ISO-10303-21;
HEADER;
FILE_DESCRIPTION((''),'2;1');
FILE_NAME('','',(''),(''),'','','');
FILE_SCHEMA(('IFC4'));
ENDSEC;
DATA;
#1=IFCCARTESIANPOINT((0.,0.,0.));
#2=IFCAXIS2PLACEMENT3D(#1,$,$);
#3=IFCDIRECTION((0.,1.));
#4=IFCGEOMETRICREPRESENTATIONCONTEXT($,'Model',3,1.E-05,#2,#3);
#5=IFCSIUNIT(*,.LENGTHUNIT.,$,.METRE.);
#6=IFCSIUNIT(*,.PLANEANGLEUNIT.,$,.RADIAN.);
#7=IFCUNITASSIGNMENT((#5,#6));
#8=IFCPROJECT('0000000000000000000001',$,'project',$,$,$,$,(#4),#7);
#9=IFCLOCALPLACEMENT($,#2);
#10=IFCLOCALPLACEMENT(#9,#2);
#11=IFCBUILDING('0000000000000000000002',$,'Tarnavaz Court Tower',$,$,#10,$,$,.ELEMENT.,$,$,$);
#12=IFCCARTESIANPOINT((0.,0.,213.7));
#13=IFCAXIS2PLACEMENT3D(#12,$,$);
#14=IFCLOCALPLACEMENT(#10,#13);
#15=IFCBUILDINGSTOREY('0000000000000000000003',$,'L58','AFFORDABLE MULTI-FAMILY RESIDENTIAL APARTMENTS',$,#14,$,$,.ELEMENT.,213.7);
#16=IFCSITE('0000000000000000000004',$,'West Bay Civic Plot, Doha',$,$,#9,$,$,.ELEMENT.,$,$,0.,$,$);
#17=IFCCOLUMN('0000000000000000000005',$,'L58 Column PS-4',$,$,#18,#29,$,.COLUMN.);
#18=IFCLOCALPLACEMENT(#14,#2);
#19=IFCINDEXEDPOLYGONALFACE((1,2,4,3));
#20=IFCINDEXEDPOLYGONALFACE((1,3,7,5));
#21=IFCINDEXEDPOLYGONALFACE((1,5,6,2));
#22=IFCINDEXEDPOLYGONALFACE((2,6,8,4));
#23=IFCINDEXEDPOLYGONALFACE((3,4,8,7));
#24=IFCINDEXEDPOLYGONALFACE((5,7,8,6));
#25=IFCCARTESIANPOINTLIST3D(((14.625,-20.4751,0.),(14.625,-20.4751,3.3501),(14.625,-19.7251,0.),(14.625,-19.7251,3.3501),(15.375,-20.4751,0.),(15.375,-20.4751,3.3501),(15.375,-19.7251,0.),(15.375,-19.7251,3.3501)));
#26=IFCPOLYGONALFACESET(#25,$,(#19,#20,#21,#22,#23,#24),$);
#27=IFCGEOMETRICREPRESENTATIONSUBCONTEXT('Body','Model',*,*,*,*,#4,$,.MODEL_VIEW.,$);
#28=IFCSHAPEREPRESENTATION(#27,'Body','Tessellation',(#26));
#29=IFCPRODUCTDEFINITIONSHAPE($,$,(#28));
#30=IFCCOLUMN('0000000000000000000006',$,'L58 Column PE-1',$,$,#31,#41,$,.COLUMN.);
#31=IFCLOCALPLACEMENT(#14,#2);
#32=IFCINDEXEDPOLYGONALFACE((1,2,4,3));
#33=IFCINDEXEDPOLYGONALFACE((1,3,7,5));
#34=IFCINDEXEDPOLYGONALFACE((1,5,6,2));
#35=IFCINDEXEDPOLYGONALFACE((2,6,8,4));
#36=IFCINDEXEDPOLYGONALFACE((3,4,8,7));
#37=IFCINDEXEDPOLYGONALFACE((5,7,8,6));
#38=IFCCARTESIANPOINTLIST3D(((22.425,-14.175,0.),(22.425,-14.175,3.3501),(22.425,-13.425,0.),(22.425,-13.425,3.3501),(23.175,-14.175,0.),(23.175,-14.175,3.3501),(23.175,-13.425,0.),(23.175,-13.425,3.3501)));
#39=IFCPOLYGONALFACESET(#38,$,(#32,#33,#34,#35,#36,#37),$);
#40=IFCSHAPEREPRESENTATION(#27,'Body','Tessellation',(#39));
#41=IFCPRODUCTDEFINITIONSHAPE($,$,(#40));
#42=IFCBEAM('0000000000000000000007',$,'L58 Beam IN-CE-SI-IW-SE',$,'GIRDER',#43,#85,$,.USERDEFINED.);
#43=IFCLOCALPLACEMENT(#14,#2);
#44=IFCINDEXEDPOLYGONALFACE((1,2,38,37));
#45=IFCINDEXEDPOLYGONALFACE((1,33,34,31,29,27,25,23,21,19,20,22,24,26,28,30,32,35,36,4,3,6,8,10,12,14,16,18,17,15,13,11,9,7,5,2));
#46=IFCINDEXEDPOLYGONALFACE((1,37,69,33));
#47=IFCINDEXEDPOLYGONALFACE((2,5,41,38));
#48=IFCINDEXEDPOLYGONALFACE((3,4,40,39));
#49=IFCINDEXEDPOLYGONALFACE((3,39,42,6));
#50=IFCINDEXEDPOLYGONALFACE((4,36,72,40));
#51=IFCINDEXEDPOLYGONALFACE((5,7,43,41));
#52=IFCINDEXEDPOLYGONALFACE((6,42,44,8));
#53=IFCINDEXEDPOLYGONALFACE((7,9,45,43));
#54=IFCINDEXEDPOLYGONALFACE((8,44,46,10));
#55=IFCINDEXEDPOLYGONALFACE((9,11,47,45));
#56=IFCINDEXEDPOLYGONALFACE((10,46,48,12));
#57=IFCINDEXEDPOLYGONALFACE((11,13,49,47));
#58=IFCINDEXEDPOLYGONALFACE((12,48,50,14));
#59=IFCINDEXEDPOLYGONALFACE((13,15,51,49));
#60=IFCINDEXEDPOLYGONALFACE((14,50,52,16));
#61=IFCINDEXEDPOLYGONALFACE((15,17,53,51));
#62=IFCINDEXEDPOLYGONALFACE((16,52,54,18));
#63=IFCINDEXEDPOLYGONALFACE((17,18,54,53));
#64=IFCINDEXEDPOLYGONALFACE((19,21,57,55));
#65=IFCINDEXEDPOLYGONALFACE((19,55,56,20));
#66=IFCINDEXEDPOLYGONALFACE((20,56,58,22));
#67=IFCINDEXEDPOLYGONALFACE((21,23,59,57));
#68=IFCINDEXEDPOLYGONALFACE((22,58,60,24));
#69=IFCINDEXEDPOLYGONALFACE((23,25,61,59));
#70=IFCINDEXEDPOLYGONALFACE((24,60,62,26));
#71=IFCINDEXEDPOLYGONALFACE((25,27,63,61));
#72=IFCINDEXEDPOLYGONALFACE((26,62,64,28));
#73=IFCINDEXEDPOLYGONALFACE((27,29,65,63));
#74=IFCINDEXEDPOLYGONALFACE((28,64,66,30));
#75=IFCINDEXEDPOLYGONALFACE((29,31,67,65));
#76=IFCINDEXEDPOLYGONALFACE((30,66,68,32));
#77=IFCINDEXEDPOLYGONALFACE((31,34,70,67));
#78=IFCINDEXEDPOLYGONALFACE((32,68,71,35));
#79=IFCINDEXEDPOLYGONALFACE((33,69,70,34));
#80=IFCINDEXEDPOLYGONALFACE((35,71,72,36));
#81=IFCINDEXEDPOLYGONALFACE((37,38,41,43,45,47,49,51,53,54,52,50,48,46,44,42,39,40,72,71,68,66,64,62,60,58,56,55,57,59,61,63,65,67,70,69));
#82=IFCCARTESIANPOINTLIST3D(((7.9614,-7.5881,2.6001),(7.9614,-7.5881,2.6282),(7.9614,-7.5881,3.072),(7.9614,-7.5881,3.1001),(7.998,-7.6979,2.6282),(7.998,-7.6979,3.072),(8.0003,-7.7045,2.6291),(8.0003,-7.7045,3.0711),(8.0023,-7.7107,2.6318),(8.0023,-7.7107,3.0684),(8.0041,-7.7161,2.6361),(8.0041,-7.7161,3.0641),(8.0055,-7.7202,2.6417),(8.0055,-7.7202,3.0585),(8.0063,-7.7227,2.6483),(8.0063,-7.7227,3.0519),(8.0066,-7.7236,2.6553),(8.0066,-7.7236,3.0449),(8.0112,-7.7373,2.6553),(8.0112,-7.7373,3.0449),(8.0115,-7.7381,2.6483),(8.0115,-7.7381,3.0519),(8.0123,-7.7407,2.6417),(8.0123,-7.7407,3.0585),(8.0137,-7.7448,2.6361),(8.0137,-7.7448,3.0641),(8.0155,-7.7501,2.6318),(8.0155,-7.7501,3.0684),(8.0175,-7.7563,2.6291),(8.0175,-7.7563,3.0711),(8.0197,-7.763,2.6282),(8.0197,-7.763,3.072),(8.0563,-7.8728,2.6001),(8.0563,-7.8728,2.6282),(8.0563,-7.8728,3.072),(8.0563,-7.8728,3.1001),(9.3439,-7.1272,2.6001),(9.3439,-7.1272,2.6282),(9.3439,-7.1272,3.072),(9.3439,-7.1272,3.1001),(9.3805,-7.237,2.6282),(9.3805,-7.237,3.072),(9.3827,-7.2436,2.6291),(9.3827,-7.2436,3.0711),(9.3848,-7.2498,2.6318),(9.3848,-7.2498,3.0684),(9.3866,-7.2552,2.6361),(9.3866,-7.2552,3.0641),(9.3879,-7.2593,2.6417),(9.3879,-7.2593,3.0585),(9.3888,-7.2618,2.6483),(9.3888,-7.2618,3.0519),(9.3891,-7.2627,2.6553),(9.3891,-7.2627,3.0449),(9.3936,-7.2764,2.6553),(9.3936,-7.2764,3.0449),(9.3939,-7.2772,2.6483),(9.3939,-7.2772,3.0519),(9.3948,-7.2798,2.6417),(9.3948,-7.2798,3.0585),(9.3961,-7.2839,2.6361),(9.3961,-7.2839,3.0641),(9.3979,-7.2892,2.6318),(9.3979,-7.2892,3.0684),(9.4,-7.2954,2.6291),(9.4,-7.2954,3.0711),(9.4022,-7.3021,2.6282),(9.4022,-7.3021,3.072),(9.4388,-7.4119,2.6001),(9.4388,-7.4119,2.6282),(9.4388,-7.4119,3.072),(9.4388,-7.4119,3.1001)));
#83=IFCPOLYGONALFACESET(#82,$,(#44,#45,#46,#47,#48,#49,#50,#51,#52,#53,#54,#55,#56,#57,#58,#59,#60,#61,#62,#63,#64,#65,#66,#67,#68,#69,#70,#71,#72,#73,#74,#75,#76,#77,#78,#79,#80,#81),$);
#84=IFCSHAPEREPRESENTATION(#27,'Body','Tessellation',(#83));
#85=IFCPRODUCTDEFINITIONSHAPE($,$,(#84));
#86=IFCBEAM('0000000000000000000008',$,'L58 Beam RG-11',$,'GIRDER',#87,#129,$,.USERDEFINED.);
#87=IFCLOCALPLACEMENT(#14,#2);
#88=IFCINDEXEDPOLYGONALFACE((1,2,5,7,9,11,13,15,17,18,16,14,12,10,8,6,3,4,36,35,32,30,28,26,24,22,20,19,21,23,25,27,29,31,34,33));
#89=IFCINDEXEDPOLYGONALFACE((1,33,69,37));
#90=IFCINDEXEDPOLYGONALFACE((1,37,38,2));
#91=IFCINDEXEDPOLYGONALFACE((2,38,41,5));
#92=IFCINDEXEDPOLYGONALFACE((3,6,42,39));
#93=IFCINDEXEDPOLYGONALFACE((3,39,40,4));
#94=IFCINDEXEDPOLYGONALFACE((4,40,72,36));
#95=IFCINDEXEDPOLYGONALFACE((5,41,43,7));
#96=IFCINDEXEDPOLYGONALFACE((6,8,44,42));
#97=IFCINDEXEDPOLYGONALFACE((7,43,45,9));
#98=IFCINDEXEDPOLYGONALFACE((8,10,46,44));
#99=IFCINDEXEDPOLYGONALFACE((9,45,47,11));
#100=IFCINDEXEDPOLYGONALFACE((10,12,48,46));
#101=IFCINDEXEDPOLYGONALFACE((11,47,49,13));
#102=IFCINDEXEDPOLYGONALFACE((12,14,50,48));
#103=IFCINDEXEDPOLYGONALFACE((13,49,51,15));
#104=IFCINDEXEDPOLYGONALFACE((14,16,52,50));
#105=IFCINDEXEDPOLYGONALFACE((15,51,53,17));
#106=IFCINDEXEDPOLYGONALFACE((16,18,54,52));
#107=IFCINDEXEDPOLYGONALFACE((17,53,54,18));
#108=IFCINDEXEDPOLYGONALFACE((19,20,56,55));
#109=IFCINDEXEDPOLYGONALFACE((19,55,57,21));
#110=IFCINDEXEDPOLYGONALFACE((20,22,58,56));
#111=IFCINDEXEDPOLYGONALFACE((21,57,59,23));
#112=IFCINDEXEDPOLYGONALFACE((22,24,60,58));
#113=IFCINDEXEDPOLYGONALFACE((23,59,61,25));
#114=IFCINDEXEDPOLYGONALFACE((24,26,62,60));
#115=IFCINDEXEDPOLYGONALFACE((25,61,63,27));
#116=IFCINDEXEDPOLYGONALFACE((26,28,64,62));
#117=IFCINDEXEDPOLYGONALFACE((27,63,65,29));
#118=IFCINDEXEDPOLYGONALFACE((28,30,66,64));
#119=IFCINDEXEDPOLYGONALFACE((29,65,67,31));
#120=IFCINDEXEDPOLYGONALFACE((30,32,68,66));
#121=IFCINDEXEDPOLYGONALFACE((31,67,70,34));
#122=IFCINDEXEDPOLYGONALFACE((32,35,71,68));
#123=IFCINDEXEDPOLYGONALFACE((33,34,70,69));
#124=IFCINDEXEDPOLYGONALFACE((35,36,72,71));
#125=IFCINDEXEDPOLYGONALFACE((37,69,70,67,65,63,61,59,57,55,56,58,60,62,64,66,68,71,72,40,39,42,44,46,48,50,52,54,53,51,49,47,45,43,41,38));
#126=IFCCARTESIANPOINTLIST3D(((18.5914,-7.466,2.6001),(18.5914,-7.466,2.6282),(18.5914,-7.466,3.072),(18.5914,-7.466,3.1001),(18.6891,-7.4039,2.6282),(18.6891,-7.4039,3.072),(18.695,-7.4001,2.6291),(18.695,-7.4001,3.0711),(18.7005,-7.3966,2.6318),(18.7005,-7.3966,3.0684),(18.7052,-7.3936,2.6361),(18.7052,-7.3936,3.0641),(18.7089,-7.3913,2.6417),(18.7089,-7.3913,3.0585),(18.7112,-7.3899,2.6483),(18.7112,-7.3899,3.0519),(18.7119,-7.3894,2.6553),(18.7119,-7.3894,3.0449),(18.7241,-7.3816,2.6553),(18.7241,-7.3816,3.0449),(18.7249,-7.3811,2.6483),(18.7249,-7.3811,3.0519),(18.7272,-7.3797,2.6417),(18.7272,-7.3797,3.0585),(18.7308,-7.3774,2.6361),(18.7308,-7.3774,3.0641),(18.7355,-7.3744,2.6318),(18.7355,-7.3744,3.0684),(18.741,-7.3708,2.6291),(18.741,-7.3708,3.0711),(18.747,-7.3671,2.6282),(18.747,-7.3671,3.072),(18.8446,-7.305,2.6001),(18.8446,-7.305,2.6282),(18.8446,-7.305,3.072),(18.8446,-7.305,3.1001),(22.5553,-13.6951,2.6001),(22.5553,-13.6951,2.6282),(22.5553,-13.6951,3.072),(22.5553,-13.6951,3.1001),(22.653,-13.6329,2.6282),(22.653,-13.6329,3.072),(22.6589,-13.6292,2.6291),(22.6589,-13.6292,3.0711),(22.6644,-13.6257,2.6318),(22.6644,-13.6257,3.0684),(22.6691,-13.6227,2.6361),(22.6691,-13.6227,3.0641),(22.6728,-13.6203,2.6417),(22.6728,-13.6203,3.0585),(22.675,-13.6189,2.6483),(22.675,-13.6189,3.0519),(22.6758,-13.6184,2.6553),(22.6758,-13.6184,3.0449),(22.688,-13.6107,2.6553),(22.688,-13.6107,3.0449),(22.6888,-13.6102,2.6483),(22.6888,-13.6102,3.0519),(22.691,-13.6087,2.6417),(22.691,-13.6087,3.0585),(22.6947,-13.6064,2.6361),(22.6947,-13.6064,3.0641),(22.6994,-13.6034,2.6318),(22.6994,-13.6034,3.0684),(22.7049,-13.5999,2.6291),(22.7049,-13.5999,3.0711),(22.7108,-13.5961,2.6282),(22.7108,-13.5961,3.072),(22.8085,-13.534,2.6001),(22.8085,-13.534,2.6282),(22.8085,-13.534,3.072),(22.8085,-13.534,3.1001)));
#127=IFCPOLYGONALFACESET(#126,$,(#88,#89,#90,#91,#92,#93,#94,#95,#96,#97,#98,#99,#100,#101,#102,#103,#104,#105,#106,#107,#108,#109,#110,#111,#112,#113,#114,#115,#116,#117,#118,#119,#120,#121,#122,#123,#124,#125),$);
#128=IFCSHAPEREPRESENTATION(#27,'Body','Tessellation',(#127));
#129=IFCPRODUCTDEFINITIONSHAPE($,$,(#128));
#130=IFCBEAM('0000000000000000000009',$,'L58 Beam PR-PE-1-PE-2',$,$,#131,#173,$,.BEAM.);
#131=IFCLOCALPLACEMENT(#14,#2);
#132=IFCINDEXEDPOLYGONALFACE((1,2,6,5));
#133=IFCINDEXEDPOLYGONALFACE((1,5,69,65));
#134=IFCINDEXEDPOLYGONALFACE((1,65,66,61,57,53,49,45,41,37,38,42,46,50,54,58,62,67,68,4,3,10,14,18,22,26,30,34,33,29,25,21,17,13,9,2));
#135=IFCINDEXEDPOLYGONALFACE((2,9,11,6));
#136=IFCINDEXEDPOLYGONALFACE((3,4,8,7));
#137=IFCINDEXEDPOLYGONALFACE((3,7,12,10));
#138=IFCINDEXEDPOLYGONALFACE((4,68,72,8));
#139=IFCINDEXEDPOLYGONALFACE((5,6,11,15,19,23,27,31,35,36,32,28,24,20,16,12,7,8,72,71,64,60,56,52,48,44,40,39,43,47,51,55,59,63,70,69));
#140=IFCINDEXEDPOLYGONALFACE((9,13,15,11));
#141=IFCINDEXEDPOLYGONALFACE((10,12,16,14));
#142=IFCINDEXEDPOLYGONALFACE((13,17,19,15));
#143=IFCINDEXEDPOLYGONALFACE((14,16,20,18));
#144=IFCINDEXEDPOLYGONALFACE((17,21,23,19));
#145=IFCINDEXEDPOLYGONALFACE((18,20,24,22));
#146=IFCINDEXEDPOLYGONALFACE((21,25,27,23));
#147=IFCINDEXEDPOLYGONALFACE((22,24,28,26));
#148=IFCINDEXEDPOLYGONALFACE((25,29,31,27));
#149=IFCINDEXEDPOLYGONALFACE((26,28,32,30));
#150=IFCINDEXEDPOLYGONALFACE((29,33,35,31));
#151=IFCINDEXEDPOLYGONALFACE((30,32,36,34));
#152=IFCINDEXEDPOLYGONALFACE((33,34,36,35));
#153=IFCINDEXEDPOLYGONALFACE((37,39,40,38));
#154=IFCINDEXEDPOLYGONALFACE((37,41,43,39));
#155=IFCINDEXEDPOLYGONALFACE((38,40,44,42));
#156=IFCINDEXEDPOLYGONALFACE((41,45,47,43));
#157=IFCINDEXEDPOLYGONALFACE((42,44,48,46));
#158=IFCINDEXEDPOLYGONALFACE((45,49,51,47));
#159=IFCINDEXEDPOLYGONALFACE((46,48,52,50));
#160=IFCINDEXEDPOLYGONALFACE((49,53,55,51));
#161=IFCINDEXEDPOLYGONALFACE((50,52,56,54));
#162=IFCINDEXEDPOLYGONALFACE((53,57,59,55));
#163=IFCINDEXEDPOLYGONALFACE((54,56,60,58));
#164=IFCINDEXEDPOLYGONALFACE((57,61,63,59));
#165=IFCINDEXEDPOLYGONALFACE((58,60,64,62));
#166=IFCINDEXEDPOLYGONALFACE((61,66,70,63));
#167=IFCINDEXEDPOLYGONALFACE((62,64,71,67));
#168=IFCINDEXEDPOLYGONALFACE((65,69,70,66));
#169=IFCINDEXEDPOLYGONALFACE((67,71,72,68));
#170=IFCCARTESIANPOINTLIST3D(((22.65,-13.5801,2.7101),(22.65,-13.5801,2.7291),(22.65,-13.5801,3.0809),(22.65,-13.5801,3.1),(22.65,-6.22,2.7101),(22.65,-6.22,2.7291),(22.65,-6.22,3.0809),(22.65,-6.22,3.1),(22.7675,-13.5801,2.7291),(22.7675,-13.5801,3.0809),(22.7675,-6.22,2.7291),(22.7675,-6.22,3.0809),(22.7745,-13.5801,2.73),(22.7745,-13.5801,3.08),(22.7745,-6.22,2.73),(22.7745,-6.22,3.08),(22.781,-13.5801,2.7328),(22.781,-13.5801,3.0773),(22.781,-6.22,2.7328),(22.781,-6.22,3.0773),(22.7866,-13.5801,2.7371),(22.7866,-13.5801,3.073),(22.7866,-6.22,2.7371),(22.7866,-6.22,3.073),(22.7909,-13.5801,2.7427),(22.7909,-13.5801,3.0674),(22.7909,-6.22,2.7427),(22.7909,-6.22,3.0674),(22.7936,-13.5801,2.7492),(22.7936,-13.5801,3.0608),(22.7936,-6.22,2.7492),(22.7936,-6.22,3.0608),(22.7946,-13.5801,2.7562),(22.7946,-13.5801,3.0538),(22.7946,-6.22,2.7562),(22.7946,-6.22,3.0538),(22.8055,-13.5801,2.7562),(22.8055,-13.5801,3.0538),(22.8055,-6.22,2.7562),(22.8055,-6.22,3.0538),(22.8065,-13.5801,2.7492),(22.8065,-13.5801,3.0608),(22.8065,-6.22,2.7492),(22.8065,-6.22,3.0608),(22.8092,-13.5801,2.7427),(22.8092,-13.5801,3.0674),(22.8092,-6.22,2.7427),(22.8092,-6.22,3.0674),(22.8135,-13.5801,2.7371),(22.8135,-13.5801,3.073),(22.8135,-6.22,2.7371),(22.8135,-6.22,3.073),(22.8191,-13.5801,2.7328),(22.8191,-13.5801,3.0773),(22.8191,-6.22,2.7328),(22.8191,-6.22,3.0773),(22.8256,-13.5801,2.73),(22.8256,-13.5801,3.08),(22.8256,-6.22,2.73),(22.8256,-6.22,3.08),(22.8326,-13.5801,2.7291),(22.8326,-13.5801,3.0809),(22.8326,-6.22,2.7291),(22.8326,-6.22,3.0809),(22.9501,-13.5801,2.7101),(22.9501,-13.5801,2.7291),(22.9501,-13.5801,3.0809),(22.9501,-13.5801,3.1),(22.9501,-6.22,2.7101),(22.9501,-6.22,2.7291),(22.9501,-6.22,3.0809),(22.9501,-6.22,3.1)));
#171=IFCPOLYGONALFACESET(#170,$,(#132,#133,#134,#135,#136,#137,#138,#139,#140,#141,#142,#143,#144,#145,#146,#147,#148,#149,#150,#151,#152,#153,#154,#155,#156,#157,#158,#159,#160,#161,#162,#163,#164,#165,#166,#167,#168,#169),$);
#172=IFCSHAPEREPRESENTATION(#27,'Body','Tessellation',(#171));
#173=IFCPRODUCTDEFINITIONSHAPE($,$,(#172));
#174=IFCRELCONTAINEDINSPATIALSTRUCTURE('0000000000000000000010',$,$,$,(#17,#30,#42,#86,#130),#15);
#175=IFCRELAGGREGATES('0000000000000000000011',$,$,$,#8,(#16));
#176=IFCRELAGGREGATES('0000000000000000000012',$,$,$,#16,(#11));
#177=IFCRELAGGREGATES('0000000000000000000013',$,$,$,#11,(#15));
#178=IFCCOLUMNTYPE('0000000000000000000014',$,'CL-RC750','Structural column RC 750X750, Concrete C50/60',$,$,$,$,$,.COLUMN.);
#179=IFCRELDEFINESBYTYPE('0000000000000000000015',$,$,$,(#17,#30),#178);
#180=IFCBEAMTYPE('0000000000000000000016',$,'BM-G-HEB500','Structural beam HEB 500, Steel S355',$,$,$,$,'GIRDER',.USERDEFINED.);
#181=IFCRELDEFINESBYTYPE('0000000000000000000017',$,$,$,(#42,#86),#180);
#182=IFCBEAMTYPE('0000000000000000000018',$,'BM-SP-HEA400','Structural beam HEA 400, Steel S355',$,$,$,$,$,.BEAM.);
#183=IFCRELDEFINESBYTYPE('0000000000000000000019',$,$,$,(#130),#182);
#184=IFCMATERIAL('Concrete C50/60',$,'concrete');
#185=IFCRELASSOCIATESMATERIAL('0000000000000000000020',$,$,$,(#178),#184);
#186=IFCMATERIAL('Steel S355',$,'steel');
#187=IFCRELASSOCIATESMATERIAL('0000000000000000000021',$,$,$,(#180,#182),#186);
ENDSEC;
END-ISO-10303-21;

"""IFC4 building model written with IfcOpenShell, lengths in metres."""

from ifc_helpers import new_model, si_unit, direction, frame, origin, origin_2d, place, context, subcontext, project, spatial, rectangle, i_section, extrude, material, material_profile, profile_set, type_object, element, save


model = new_model("IFC4")

# Units and contexts
model_context = context("Model", 3, precision=1e-05, world=origin(), true_north=direction((0.0, 1.0)))
body_context = subcontext(model_context, "Body", "Model", "MODEL_VIEW")
ifc_project = project(units=[si_unit("LENGTHUNIT", "METRE"), si_unit("PLANEANGLEUNIT", "RADIAN")], contexts=[model_context])

# Site, building, storey
site_placement = place(None, origin())
site = spatial("IfcSite", under=ifc_project, at=site_placement, Name="West Bay Civic Plot, Doha", CompositionType="ELEMENT", RefElevation=0.0)
building_placement = place(site_placement, origin())
building = spatial("IfcBuilding", under=site, at=building_placement, Name="Tarnavaz Court Tower", CompositionType="ELEMENT")
storey_placement = place(building_placement, frame((0.0, 0.0, 213.7)))
storey = spatial("IfcBuildingStorey", under=building, at=storey_placement, Name="L58", Description="AFFORDABLE MULTI-FAMILY RESIDENTIAL APARTMENTS", CompositionType="ELEMENT", Elevation=213.7)

# Columns
ifc_material_1 = material(Name="Concrete C50/60", Category="concrete")
ifc_material_profile_1 = material_profile(ifc_material_1, rectangle(XDim=0.75, YDim=0.75, at=origin_2d()), Name="RC 750X750")
ifc_profile_set_1 = profile_set([ifc_material_profile_1], Name="Concrete C50/60")
column_type = type_object("IfcColumnType", Name="CL-RC750", Description="Structural column RC 750X750, Concrete C50/60", PredefinedType="COLUMN", material=ifc_profile_set_1)
for number, where, z_axis, x_axis, name in (
    (1, (15.0, -20.1001, 0.0), (0.0, 0.0, 1.0), (1.0, 0.0, 0.0), "L58 Column PS-4"),
    (2, (22.8, -13.8, 0.0), (0.0, 0.0, 1.0), (1.0, 0.0, 0.0), "L58 Column PE-1"),
):
    element("IfcColumn", number, at=place(storey_placement, frame(where, z_axis=z_axis, x_axis=x_axis)), inside=storey, type_object=column_type, Name=name, PredefinedType="COLUMN", context=body_context, shape_type="SweptSolid", body=[
        extrude(rectangle(XDim=0.75, YDim=0.75, at=origin_2d()), origin(), (0.0, 0.0, 1.0), 3.3501),
    ])

# Beams
ifc_material_2 = material(Name="Steel S355", Category="steel")
ifc_material_profile_2 = material_profile(ifc_material_2, i_section(OverallWidth=0.3, OverallDepth=0.5, WebThickness=0.0144, FlangeThickness=0.0281, FilletRadius=0.0271, at=origin_2d()), Name="HEB 500")
ifc_profile_set_2 = profile_set([ifc_material_profile_2], Name="Steel S355")
beam_type_1 = type_object("IfcBeamType", Name="BM-G-HEB500", Description="Structural beam HEB 500, Steel S355", ElementType="GIRDER", PredefinedType="USERDEFINED", material=ifc_profile_set_2)
beam_1_placement = place(storey_placement, frame((9.3914, -7.2695, 2.8501), z_axis=(-0.948667, -0.316278, 0.0), x_axis=(0.316278, -0.948667, 0.0)))
element("IfcBeam", 3, at=beam_1_placement, inside=storey, type_object=beam_type_1, Name="L58 Beam IN-CE-SI-IW-SE", ObjectType="GIRDER", PredefinedType="USERDEFINED", context=body_context, shape_type="SweptSolid", body=[
    extrude(i_section(OverallWidth=0.3, OverallDepth=0.5, WebThickness=0.0144, FlangeThickness=0.0281, FilletRadius=0.0271, at=origin_2d()), origin(), (0.0, 0.0, 1.0), 1.4573),
])
beam_2_placement = place(storey_placement, frame((18.718, -7.3855, 2.8501), z_axis=(0.536871, -0.843664, 0.0), x_axis=(0.843664, 0.536871, 0.0)))
element("IfcBeam", 4, at=beam_2_placement, inside=storey, type_object=beam_type_1, Name="L58 Beam RG-11", ObjectType="GIRDER", PredefinedType="USERDEFINED", context=body_context, shape_type="SweptSolid", body=[
    extrude(i_section(OverallWidth=0.3, OverallDepth=0.5, WebThickness=0.0144, FlangeThickness=0.0281, FilletRadius=0.0271, at=origin_2d()), origin(), (0.0, 0.0, 1.0), 7.3833),
])
ifc_material_profile_3 = material_profile(ifc_material_2, i_section(OverallWidth=0.3, OverallDepth=0.3899, WebThickness=0.011, FlangeThickness=0.019, FilletRadius=0.0271, at=origin_2d()), Name="HEA 400")
ifc_profile_set_3 = profile_set([ifc_material_profile_3], Name="Steel S355")
beam_type_2 = type_object("IfcBeamType", Name="BM-SP-HEA400", Description="Structural beam HEA 400, Steel S355", PredefinedType="BEAM", material=ifc_profile_set_3)
beam_3_placement = place(storey_placement, frame((22.8, -13.5801, 2.905), z_axis=(0.0, 1.0, 0.0), x_axis=(-1.0, 0.0, 0.0)))
element("IfcBeam", 5, at=beam_3_placement, inside=storey, type_object=beam_type_2, Name="L58 Beam PR-PE-1-PE-2", PredefinedType="BEAM", context=body_context, shape_type="SweptSolid", body=[
    extrude(i_section(OverallWidth=0.3, OverallDepth=0.3899, WebThickness=0.011, FlangeThickness=0.019, FilletRadius=0.0271, at=origin_2d()), origin(), (0.0, 0.0, 1.0), 7.3601),
])

save(model, "model.ifc")
